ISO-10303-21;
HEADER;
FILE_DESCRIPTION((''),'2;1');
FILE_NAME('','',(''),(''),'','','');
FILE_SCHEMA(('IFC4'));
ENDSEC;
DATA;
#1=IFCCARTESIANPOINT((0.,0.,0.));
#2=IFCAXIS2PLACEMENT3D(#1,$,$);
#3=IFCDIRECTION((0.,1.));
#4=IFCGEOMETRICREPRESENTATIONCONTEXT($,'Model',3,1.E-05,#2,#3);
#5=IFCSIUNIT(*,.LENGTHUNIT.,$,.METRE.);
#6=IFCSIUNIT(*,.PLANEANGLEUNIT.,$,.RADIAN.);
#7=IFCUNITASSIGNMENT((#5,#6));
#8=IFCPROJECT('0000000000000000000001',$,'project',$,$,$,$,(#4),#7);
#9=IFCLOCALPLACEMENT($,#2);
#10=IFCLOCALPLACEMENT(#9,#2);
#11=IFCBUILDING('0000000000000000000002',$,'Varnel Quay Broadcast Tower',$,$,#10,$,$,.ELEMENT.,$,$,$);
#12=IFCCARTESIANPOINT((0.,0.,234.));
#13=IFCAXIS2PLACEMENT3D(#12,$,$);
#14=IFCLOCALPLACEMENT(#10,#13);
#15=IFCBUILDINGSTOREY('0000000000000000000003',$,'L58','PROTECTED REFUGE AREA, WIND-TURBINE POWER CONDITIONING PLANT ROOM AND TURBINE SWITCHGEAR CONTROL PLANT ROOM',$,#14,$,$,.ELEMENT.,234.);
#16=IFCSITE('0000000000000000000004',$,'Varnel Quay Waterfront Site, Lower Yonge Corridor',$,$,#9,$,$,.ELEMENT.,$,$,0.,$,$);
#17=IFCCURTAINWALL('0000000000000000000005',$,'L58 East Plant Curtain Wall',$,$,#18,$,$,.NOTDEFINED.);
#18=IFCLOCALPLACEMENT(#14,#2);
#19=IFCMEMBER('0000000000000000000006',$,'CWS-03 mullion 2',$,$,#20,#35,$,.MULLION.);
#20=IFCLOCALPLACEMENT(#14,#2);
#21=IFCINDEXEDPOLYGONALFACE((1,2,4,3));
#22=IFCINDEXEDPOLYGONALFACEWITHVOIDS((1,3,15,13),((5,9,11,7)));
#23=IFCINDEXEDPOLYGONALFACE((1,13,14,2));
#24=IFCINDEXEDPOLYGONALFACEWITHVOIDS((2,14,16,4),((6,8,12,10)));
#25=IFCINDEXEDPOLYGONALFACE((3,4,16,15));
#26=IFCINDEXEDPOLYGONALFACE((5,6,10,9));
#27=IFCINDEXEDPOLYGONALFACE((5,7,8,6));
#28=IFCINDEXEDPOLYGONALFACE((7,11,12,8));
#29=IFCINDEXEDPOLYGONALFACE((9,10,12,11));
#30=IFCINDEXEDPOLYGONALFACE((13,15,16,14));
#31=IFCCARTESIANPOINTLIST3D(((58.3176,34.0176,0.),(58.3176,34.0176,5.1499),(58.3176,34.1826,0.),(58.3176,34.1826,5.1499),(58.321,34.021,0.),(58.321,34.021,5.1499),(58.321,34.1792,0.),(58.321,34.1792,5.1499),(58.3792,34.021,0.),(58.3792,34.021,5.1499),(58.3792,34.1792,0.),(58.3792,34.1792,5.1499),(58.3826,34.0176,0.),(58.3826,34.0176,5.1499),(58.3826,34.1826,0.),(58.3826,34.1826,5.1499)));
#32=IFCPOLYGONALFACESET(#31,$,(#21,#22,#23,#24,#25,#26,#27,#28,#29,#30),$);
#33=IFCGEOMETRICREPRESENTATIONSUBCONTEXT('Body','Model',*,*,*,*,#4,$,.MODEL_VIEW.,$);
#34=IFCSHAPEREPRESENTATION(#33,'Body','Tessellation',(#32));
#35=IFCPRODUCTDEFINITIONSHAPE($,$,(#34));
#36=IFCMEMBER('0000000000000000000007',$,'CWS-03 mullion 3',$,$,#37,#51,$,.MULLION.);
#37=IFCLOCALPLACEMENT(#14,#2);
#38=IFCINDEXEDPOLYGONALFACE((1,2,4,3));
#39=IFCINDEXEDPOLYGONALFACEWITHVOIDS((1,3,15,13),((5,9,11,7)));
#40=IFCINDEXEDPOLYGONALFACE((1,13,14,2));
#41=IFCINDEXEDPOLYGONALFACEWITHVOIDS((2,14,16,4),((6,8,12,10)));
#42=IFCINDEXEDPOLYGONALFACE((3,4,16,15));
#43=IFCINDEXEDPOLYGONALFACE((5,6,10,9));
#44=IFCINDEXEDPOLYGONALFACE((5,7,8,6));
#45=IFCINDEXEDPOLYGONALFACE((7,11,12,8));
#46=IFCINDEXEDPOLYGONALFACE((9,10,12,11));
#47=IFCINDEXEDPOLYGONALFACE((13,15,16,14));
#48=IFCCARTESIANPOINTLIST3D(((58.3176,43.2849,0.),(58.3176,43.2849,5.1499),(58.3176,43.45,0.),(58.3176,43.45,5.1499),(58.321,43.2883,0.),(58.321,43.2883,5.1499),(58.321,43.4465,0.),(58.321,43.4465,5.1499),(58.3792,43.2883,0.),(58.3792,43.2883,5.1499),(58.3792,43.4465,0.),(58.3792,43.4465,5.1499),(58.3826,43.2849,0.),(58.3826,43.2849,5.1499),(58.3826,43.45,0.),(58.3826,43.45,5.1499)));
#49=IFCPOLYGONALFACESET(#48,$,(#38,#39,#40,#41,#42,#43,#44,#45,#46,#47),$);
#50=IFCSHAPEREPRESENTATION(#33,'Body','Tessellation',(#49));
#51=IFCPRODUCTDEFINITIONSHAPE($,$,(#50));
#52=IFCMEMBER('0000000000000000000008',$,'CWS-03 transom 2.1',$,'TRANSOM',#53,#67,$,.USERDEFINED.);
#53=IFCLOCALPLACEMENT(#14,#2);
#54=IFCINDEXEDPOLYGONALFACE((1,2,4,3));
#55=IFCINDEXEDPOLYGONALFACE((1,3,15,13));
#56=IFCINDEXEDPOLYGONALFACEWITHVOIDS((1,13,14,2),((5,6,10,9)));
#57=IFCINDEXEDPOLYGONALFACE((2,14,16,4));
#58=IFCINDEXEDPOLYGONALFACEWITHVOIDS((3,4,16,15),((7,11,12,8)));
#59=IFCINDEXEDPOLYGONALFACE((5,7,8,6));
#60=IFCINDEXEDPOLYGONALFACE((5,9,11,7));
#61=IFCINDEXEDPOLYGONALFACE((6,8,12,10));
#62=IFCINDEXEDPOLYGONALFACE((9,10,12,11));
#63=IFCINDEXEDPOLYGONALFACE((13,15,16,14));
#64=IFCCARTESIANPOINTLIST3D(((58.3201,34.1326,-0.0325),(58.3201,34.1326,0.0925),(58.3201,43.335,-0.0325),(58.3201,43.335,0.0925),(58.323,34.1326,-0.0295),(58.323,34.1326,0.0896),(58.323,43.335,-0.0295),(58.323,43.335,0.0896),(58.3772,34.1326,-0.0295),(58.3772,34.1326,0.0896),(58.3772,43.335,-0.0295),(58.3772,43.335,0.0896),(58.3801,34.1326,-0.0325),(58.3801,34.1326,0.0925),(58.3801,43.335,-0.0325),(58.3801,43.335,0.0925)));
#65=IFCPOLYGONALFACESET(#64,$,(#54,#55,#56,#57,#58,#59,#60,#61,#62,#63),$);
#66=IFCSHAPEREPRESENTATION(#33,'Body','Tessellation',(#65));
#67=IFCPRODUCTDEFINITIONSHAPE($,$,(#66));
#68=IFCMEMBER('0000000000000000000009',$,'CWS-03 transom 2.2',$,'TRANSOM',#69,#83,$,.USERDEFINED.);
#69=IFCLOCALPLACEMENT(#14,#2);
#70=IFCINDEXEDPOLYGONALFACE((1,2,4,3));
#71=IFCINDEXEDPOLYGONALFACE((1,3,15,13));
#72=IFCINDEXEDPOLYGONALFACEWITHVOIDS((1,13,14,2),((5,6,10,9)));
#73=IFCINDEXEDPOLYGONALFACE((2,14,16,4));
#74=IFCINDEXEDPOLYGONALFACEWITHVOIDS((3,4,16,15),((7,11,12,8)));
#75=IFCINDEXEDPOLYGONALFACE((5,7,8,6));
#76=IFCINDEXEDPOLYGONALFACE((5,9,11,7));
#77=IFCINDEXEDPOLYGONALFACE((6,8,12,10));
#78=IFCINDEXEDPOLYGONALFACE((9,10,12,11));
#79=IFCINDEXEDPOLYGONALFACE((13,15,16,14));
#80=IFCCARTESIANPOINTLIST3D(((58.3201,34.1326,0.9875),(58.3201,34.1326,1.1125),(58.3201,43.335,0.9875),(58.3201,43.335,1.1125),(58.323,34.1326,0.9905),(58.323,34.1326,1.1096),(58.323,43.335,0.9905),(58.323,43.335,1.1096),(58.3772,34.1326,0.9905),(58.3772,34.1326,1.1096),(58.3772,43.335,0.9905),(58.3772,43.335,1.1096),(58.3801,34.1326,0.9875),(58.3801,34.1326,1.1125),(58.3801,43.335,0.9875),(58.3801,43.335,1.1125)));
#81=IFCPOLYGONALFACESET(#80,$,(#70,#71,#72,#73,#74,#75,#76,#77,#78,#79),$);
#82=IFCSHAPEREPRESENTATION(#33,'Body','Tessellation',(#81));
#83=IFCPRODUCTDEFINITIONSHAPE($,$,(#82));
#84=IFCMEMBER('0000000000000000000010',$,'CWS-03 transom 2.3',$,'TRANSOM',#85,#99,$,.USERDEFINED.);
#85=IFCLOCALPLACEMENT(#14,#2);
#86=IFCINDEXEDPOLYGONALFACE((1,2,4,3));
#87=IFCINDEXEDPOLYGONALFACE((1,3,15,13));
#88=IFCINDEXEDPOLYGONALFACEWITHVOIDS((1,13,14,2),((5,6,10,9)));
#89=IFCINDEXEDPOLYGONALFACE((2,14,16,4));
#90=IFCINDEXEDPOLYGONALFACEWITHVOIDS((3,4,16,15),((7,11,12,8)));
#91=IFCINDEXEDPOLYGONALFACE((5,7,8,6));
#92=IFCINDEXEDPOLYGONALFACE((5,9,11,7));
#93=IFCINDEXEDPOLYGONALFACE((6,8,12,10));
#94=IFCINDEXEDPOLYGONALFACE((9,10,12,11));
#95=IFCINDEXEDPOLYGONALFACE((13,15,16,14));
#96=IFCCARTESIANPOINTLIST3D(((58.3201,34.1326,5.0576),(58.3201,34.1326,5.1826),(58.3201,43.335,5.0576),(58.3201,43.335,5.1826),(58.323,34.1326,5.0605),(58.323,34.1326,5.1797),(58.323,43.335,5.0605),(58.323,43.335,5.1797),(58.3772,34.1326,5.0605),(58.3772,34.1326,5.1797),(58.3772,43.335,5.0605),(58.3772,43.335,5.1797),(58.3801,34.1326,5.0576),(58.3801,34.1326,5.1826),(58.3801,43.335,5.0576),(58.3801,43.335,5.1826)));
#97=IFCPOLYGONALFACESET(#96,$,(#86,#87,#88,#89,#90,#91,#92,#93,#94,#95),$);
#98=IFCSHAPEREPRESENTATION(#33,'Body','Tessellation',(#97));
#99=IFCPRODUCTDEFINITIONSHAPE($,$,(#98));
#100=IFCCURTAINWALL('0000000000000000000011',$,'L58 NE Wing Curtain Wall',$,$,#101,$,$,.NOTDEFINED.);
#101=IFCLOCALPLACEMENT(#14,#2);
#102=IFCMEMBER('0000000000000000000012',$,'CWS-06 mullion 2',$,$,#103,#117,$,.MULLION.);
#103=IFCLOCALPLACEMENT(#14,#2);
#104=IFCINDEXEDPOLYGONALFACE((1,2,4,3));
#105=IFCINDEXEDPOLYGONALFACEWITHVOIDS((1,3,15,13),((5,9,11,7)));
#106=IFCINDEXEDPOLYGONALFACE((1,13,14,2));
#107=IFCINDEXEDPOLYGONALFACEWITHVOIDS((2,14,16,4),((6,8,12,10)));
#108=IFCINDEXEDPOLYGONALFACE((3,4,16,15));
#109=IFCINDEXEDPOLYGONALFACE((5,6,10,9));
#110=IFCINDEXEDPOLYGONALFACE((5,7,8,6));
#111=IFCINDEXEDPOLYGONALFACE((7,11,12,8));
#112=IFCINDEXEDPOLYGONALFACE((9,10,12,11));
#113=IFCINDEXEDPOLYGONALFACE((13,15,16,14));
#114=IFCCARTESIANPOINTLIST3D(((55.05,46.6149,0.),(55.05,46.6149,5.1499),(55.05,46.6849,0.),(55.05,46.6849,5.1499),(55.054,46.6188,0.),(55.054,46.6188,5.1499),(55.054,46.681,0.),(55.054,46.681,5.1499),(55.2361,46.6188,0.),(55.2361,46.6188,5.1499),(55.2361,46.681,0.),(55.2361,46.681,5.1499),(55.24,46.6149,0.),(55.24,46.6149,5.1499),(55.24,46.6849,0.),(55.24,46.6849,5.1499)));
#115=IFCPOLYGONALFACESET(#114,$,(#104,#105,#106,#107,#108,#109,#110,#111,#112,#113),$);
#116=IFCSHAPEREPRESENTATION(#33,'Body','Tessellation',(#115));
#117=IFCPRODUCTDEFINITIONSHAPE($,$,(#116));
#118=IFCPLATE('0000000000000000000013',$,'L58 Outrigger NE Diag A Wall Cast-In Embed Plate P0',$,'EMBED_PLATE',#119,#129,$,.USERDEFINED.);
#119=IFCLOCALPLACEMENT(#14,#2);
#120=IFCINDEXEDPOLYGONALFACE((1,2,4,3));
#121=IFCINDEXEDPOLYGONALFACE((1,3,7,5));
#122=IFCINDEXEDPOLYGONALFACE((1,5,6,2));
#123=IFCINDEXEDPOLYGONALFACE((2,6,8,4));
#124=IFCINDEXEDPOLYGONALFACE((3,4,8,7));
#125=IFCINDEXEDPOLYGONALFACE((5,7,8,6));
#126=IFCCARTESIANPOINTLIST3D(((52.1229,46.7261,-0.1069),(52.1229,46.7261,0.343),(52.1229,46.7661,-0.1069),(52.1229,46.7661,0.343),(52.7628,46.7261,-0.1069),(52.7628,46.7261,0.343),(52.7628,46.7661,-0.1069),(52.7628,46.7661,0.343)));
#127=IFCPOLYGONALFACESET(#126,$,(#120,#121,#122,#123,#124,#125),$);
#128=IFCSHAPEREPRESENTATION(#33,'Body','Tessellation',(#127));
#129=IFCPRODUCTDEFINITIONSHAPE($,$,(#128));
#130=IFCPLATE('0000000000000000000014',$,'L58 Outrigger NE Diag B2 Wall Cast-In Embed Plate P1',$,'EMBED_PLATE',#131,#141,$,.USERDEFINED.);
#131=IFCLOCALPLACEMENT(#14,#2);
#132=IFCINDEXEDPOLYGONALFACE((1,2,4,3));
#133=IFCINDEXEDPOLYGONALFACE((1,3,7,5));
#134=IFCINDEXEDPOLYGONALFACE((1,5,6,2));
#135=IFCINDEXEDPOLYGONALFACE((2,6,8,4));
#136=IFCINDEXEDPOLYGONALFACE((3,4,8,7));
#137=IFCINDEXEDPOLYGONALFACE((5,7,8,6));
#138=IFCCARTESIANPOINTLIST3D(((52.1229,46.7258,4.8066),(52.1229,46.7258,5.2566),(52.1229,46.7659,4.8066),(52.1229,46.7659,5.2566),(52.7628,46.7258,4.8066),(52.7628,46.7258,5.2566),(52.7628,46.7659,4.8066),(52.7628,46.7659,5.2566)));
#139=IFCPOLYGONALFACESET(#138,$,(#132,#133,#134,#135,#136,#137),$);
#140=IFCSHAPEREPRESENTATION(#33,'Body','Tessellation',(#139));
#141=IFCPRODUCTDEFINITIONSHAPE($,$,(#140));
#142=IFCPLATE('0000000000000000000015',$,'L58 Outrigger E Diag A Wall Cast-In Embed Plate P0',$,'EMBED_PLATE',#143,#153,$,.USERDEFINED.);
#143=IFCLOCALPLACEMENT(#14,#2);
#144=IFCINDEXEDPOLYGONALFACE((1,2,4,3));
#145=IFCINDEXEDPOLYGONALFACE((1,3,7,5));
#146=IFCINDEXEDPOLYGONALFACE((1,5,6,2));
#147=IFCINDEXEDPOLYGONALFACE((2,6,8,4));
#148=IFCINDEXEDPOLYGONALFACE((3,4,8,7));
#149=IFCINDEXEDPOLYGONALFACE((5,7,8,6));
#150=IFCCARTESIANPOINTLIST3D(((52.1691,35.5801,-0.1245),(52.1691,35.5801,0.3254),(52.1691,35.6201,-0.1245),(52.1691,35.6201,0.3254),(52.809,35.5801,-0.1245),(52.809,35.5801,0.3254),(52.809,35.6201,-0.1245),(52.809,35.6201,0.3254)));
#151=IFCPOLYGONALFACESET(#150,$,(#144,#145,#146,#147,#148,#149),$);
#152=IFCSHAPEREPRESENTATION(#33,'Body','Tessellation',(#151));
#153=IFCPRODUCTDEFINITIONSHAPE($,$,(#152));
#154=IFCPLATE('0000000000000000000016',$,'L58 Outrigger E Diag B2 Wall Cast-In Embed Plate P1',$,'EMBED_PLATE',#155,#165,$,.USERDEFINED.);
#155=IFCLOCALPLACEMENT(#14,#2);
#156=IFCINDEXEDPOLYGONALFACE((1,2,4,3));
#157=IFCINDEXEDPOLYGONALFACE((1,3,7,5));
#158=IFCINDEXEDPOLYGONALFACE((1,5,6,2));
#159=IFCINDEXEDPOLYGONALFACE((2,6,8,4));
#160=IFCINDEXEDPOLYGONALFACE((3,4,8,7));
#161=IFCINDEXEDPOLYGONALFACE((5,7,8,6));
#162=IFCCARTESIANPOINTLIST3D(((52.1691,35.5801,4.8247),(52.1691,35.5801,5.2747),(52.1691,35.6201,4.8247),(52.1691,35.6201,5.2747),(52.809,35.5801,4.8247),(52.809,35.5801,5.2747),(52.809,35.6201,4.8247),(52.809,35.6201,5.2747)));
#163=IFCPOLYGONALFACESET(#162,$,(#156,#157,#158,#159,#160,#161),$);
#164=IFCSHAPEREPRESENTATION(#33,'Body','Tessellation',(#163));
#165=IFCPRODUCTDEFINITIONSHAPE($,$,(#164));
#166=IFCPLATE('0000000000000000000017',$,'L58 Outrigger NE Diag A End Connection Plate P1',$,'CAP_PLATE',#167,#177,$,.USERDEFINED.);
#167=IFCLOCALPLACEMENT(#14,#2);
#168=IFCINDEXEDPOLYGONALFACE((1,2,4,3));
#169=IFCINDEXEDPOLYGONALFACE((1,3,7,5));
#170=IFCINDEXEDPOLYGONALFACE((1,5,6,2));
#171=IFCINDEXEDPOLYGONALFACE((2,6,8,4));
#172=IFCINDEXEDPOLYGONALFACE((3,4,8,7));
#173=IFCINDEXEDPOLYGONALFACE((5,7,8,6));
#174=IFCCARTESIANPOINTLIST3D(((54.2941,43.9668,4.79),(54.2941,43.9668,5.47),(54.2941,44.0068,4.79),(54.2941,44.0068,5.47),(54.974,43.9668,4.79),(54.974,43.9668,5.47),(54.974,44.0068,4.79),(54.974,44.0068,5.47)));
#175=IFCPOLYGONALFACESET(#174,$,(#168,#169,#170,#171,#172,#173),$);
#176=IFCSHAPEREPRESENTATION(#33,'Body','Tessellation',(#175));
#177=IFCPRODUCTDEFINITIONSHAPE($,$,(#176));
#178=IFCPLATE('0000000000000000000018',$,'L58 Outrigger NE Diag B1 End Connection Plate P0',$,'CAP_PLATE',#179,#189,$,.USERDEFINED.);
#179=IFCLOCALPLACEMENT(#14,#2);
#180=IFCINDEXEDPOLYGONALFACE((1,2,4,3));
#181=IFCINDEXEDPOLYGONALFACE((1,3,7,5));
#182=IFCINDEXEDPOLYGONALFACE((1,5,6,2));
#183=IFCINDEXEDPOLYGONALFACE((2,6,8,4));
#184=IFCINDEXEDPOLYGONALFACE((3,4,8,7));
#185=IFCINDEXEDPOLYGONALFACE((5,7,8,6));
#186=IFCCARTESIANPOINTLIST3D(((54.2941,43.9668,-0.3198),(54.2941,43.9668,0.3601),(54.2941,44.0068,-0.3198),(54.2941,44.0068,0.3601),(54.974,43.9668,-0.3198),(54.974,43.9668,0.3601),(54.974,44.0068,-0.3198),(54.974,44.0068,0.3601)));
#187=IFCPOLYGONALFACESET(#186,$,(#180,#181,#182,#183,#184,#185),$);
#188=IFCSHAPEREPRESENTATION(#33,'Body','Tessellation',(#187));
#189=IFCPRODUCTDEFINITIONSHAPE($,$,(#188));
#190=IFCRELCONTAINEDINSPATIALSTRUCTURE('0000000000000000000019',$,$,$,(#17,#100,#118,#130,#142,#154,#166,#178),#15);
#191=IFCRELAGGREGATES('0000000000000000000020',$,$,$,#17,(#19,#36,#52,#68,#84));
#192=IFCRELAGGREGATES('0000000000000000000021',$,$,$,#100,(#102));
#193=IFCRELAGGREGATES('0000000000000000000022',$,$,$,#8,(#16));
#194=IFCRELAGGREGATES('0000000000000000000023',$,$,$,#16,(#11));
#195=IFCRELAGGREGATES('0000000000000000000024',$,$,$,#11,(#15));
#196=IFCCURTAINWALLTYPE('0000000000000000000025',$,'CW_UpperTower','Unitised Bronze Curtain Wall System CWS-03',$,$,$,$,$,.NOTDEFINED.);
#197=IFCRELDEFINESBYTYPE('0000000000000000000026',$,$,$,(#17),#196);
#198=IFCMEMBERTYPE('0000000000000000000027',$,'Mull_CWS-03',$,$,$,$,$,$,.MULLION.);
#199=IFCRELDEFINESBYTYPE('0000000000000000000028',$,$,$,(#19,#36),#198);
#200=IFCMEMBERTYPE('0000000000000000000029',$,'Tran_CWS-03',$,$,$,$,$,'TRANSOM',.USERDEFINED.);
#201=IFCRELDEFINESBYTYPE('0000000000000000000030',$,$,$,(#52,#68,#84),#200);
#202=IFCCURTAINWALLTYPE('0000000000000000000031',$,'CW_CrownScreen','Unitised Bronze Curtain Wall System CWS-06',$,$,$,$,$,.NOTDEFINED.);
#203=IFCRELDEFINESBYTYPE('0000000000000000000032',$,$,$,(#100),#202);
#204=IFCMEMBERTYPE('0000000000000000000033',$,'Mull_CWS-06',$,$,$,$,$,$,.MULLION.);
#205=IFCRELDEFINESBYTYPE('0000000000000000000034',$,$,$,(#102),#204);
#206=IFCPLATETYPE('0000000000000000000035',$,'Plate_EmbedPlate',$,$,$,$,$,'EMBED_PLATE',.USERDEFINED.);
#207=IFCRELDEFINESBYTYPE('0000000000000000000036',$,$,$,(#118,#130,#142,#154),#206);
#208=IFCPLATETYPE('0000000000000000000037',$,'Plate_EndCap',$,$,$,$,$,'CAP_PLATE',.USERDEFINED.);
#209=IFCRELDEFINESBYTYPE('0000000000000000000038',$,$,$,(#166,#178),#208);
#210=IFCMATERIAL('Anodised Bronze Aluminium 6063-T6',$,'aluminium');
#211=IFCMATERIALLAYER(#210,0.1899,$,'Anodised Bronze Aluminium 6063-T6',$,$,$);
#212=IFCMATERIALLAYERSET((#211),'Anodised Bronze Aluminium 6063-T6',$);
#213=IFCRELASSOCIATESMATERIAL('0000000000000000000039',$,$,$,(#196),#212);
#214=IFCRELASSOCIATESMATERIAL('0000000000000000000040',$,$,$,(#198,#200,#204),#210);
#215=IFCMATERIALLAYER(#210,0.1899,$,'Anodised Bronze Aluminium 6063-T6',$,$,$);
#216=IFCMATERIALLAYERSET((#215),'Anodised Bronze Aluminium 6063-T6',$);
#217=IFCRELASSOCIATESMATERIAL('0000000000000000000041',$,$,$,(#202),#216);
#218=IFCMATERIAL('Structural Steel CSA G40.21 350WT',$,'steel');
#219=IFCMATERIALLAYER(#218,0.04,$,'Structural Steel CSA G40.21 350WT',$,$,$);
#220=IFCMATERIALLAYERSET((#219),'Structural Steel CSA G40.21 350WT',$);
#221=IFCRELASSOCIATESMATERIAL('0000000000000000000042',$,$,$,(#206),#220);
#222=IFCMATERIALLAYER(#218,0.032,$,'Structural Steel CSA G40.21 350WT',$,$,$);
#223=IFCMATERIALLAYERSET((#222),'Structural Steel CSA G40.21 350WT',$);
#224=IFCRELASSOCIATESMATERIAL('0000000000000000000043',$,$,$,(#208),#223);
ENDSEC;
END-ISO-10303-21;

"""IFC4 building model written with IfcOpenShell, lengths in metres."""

from ifc_helpers import new_model, si_unit, direction, frame, origin, origin_2d, place, context, subcontext, project, spatial, rectangle, hollow_rectangle, extrude, source, transform, mapped, material, layer, layer_set, material_profile, profile_set, type_object, type_shapes, element, aggregate, save


model = new_model("IFC4")

# Units and contexts
model_context = context("Model", 3, precision=1e-05, world=origin(), true_north=direction((0.0, 1.0)))
body_context = subcontext(model_context, "Body", "Model", "MODEL_VIEW")
ifc_project = project(units=[si_unit("LENGTHUNIT", "METRE"), si_unit("PLANEANGLEUNIT", "RADIAN")], contexts=[model_context])

# Site, building, storey
site_placement = place(None, origin())
site = spatial("IfcSite", under=ifc_project, at=site_placement, Name="Varnel Quay Waterfront Site, Lower Yonge Corridor", CompositionType="ELEMENT", RefElevation=0.0)
building_placement = place(site_placement, origin())
building = spatial("IfcBuilding", under=site, at=building_placement, Name="Varnel Quay Broadcast Tower", CompositionType="ELEMENT")
storey_placement = place(building_placement, frame((0.0, 0.0, 234.0)))
storey = spatial("IfcBuildingStorey", under=building, at=storey_placement, Name="L58", Description="PROTECTED REFUGE AREA, WIND-TURBINE POWER CONDITIONING PLANT ROOM AND TURBINE SWITCHGEAR CONTROL PLANT ROOM", CompositionType="ELEMENT", Elevation=234.0)

# Shared definitions
ifc_material_1 = material(Name="Structural Steel CSA G40.21 350WT", Category="steel")

# Curtain wall, members
ifc_material_2 = material(Name="Anodised Bronze Aluminium 6063-T6", Category="aluminium")
ifc_layer_1 = layer(ifc_material_2, 0.1899, Name="Anodised Bronze Aluminium 6063-T6")
ifc_layer_set_1 = layer_set([ifc_layer_1], Name="Anodised Bronze Aluminium 6063-T6")
curtain_wall_type_1 = type_object("IfcCurtainWallType", Name="CW_UpperTower", Description="Unitised Bronze Curtain Wall System CWS-03", PredefinedType="NOTDEFINED", material=ifc_layer_set_1)
curtain_wall_1_placement = place(storey_placement, origin())
curtain_wall_1 = element("IfcCurtainWall", 1, at=curtain_wall_1_placement, inside=storey, type_object=curtain_wall_type_1, Name="L58 East Plant Curtain Wall", PredefinedType="NOTDEFINED")
ifc_material_profile_1 = material_profile(ifc_material_2, hollow_rectangle(XDim=0.0649, YDim=0.165, WallThickness=0.0034, at=origin_2d()), Name="ALU65X165X3.5")
ifc_profile_set_1 = profile_set([ifc_material_profile_1], Name="Anodised Bronze Aluminium 6063-T6")
member_type_1 = type_object("IfcMemberType", Name="Mull_CWS-03", PredefinedType="MULLION", material=ifc_profile_set_1)
shared_shape_1 = source(origin(), body_context, "Body", "SweptSolid", [
    extrude(hollow_rectangle(XDim=0.0649, YDim=0.165, WallThickness=0.0034, at=origin_2d()), origin(), (0.0, 0.0, 1.0), 5.1499),
])
type_shapes(member_type_1, [shared_shape_1])
member_1_placement = place(storey_placement, frame((58.3501, 34.1001, 0.0), z_axis=(0.0, 0.0, 1.0), x_axis=(-1.0, 0.0, 0.0)))
member_1 = element("IfcMember", 2, at=member_1_placement, type_object=member_type_1, Name="CWS-03 mullion 2", PredefinedType="MULLION", context=body_context, shape_type="MappedRepresentation", body=[
    mapped(shared_shape_1, transform((0.0, 0.0, 0.0), x_axis=(1.0, 0.0, 0.0), y_axis=(0.0, 1.0, 0.0), z_axis=(0.0, 0.0, 1.0), scale=1.0)),
])
member_2_placement = place(storey_placement, frame((58.3501, 43.3674, 0.0), z_axis=(0.0, 0.0, 1.0), x_axis=(-1.0, 0.0, 0.0)))
member_2 = element("IfcMember", 3, at=member_2_placement, type_object=member_type_1, Name="CWS-03 mullion 3", PredefinedType="MULLION", context=body_context, shape_type="MappedRepresentation", body=[
    mapped(shared_shape_1, transform((0.0, 0.0, 0.0), x_axis=(1.0, 0.0, 0.0), y_axis=(0.0, 1.0, 0.0), z_axis=(0.0, 0.0, 1.0), scale=1.0)),
])
ifc_material_profile_2 = material_profile(ifc_material_2, hollow_rectangle(XDim=0.0601, YDim=0.125, WallThickness=0.0029, at=origin_2d()), Name="ALU60X125X3")
ifc_profile_set_2 = profile_set([ifc_material_profile_2], Name="Anodised Bronze Aluminium 6063-T6")
member_type_2 = type_object("IfcMemberType", Name="Tran_CWS-03", ElementType="TRANSOM", PredefinedType="USERDEFINED", material=ifc_profile_set_2)
shared_shape_2 = source(origin(), body_context, "Body", "SweptSolid", [
    extrude(hollow_rectangle(XDim=0.0601, YDim=0.125, WallThickness=0.0029, at=origin_2d()), origin(), (0.0, 0.0, 1.0), 9.2024),
])
type_shapes(member_type_2, [shared_shape_2])
member_3_placement = place(storey_placement, frame((58.3501, 34.1326, 0.03), z_axis=(0.0, 1.0, 0.0), x_axis=(-1.0, 0.0, 0.0)))
member_3 = element("IfcMember", 4, at=member_3_placement, type_object=member_type_2, Name="CWS-03 transom 2.1", ObjectType="TRANSOM", PredefinedType="USERDEFINED", context=body_context, shape_type="MappedRepresentation", body=[
    mapped(shared_shape_2, transform((0.0, 0.0, 0.0), x_axis=(1.0, 0.0, 0.0), y_axis=(0.0, 1.0, 0.0), z_axis=(0.0, 0.0, 1.0), scale=1.0)),
])
member_4_placement = place(storey_placement, frame((58.3501, 34.1326, 1.05), z_axis=(0.0, 1.0, 0.0), x_axis=(-1.0, 0.0, 0.0)))
member_4 = element("IfcMember", 5, at=member_4_placement, type_object=member_type_2, Name="CWS-03 transom 2.2", ObjectType="TRANSOM", PredefinedType="USERDEFINED", context=body_context, shape_type="MappedRepresentation", body=[
    mapped(shared_shape_2, transform((0.0, 0.0, 0.0), x_axis=(1.0, 0.0, 0.0), y_axis=(0.0, 1.0, 0.0), z_axis=(0.0, 0.0, 1.0), scale=1.0)),
])
member_5_placement = place(storey_placement, frame((58.3501, 34.1326, 5.1201), z_axis=(0.0, 1.0, 0.0), x_axis=(-1.0, 0.0, 0.0)))
member_5 = element("IfcMember", 6, at=member_5_placement, type_object=member_type_2, Name="CWS-03 transom 2.3", ObjectType="TRANSOM", PredefinedType="USERDEFINED", context=body_context, shape_type="MappedRepresentation", body=[
    mapped(shared_shape_2, transform((0.0, 0.0, 0.0), x_axis=(1.0, 0.0, 0.0), y_axis=(0.0, 1.0, 0.0), z_axis=(0.0, 0.0, 1.0), scale=1.0)),
])

# Curtain wall, member
ifc_layer_2 = layer(ifc_material_2, 0.1899, Name="Anodised Bronze Aluminium 6063-T6")
ifc_layer_set_2 = layer_set([ifc_layer_2], Name="Anodised Bronze Aluminium 6063-T6")
curtain_wall_type_2 = type_object("IfcCurtainWallType", Name="CW_CrownScreen", Description="Unitised Bronze Curtain Wall System CWS-06", PredefinedType="NOTDEFINED", material=ifc_layer_set_2)
curtain_wall_2_placement = place(storey_placement, origin())
curtain_wall_2 = element("IfcCurtainWall", 7, at=curtain_wall_2_placement, inside=storey, type_object=curtain_wall_type_2, Name="L58 NE Wing Curtain Wall", PredefinedType="NOTDEFINED")
ifc_material_profile_3 = material_profile(ifc_material_2, hollow_rectangle(XDim=0.0701, YDim=0.1899, WallThickness=0.0039, at=origin_2d()), Name="ALU70X190X4")
ifc_profile_set_3 = profile_set([ifc_material_profile_3], Name="Anodised Bronze Aluminium 6063-T6")
member_type_3 = type_object("IfcMemberType", Name="Mull_CWS-06", PredefinedType="MULLION", material=ifc_profile_set_3)
shared_shape_3 = source(origin(), body_context, "Body", "SweptSolid", [
    extrude(hollow_rectangle(XDim=0.0701, YDim=0.1899, WallThickness=0.0039, at=origin_2d()), origin(), (0.0, 0.0, 1.0), 5.1499),
])
type_shapes(member_type_3, [shared_shape_3])
member_6_placement = place(storey_placement, frame((55.145, 46.6499, 0.0), z_axis=(0.0, 0.0, 1.0), x_axis=(0.0, 1.0, 0.0)))
member_6 = element("IfcMember", 8, at=member_6_placement, type_object=member_type_3, Name="CWS-06 mullion 2", PredefinedType="MULLION", context=body_context, shape_type="MappedRepresentation", body=[
    mapped(shared_shape_3, transform((0.0, 0.0, 0.0), x_axis=(1.0, 0.0, 0.0), y_axis=(0.0, 1.0, 0.0), z_axis=(0.0, 0.0, 1.0), scale=1.0)),
])

# Plates
ifc_layer_3 = layer(ifc_material_1, 0.04, Name="Structural Steel CSA G40.21 350WT")
ifc_layer_set_3 = layer_set([ifc_layer_3], Name="Structural Steel CSA G40.21 350WT")
plate_type_1 = type_object("IfcPlateType", Name="Plate_EmbedPlate", ElementType="EMBED_PLATE", PredefinedType="USERDEFINED", material=ifc_layer_set_3)
shared_shape_4 = source(origin(), body_context, "Body", "SweptSolid", [
    extrude(rectangle(XDim=0.6399, YDim=0.04, at=origin_2d()), origin(), (0.0, 0.0, 1.0), 0.45),
])
type_shapes(plate_type_1, [shared_shape_4])
for number, where, z_axis, x_axis, name in (
    (9, (52.4429, 46.7461, -0.1069), (0.0, 0.0, 1.0), (1.0, 0.0, 0.0), "L58 Outrigger NE Diag A Wall Cast-In Embed Plate P0"),
    (10, (52.4429, 46.7458, 4.8066), (0.0, 0.0, 1.0), (1.0, 0.0, 0.0), "L58 Outrigger NE Diag B2 Wall Cast-In Embed Plate P1"),
    (11, (52.489, 35.6001, -0.1245), (0.0, 0.0, 1.0), (1.0, 0.0, 0.0), "L58 Outrigger E Diag A Wall Cast-In Embed Plate P0"),
    (12, (52.489, 35.6001, 4.8247), (0.0, 0.0, 1.0), (1.0, 0.0, 0.0), "L58 Outrigger E Diag B2 Wall Cast-In Embed Plate P1"),
):
    element("IfcPlate", number, at=place(storey_placement, frame(where, z_axis=z_axis, x_axis=x_axis)), inside=storey, type_object=plate_type_1, Name=name, ObjectType="EMBED_PLATE", PredefinedType="USERDEFINED", context=body_context, shape_type="MappedRepresentation", body=[
        mapped(shared_shape_4, transform((0.0, 0.0, 0.0), x_axis=(1.0, 0.0, 0.0), y_axis=(0.0, 1.0, 0.0), z_axis=(0.0, 0.0, 1.0), scale=1.0)),
    ])
ifc_layer_4 = layer(ifc_material_1, 0.032, Name="Structural Steel CSA G40.21 350WT")
ifc_layer_set_4 = layer_set([ifc_layer_4], Name="Structural Steel CSA G40.21 350WT")
plate_type_2 = type_object("IfcPlateType", Name="Plate_EndCap", ElementType="CAP_PLATE", PredefinedType="USERDEFINED", material=ifc_layer_set_4)
shared_shape_5 = source(origin(), body_context, "Body", "SweptSolid", [
    extrude(rectangle(XDim=0.6799, YDim=0.04, at=origin_2d()), origin(), (0.0, 0.0, 1.0), 0.6799),
])
for number, where, z_axis, x_axis, name in (
    (13, (54.634, 43.9868, 4.79), (0.0, 0.0, 1.0), (1.0, 0.0, 0.0), "L58 Outrigger NE Diag A End Connection Plate P1"),
    (14, (54.634, 43.9868, -0.3198), (0.0, 0.0, 1.0), (1.0, 0.0, 0.0), "L58 Outrigger NE Diag B1 End Connection Plate P0"),
):
    element("IfcPlate", number, at=place(storey_placement, frame(where, z_axis=z_axis, x_axis=x_axis)), inside=storey, type_object=plate_type_2, Name=name, ObjectType="CAP_PLATE", PredefinedType="USERDEFINED", context=body_context, shape_type="MappedRepresentation", body=[
        mapped(shared_shape_5, transform((0.0, 0.0, 0.0), x_axis=(1.0, 0.0, 0.0), y_axis=(0.0, 1.0, 0.0), z_axis=(0.0, 0.0, 1.0), scale=1.0)),
    ])

aggregate(curtain_wall_1, [member_1, member_2, member_3, member_4, member_5])
aggregate(curtain_wall_2, [member_6])

save(model, "model.ifc")
